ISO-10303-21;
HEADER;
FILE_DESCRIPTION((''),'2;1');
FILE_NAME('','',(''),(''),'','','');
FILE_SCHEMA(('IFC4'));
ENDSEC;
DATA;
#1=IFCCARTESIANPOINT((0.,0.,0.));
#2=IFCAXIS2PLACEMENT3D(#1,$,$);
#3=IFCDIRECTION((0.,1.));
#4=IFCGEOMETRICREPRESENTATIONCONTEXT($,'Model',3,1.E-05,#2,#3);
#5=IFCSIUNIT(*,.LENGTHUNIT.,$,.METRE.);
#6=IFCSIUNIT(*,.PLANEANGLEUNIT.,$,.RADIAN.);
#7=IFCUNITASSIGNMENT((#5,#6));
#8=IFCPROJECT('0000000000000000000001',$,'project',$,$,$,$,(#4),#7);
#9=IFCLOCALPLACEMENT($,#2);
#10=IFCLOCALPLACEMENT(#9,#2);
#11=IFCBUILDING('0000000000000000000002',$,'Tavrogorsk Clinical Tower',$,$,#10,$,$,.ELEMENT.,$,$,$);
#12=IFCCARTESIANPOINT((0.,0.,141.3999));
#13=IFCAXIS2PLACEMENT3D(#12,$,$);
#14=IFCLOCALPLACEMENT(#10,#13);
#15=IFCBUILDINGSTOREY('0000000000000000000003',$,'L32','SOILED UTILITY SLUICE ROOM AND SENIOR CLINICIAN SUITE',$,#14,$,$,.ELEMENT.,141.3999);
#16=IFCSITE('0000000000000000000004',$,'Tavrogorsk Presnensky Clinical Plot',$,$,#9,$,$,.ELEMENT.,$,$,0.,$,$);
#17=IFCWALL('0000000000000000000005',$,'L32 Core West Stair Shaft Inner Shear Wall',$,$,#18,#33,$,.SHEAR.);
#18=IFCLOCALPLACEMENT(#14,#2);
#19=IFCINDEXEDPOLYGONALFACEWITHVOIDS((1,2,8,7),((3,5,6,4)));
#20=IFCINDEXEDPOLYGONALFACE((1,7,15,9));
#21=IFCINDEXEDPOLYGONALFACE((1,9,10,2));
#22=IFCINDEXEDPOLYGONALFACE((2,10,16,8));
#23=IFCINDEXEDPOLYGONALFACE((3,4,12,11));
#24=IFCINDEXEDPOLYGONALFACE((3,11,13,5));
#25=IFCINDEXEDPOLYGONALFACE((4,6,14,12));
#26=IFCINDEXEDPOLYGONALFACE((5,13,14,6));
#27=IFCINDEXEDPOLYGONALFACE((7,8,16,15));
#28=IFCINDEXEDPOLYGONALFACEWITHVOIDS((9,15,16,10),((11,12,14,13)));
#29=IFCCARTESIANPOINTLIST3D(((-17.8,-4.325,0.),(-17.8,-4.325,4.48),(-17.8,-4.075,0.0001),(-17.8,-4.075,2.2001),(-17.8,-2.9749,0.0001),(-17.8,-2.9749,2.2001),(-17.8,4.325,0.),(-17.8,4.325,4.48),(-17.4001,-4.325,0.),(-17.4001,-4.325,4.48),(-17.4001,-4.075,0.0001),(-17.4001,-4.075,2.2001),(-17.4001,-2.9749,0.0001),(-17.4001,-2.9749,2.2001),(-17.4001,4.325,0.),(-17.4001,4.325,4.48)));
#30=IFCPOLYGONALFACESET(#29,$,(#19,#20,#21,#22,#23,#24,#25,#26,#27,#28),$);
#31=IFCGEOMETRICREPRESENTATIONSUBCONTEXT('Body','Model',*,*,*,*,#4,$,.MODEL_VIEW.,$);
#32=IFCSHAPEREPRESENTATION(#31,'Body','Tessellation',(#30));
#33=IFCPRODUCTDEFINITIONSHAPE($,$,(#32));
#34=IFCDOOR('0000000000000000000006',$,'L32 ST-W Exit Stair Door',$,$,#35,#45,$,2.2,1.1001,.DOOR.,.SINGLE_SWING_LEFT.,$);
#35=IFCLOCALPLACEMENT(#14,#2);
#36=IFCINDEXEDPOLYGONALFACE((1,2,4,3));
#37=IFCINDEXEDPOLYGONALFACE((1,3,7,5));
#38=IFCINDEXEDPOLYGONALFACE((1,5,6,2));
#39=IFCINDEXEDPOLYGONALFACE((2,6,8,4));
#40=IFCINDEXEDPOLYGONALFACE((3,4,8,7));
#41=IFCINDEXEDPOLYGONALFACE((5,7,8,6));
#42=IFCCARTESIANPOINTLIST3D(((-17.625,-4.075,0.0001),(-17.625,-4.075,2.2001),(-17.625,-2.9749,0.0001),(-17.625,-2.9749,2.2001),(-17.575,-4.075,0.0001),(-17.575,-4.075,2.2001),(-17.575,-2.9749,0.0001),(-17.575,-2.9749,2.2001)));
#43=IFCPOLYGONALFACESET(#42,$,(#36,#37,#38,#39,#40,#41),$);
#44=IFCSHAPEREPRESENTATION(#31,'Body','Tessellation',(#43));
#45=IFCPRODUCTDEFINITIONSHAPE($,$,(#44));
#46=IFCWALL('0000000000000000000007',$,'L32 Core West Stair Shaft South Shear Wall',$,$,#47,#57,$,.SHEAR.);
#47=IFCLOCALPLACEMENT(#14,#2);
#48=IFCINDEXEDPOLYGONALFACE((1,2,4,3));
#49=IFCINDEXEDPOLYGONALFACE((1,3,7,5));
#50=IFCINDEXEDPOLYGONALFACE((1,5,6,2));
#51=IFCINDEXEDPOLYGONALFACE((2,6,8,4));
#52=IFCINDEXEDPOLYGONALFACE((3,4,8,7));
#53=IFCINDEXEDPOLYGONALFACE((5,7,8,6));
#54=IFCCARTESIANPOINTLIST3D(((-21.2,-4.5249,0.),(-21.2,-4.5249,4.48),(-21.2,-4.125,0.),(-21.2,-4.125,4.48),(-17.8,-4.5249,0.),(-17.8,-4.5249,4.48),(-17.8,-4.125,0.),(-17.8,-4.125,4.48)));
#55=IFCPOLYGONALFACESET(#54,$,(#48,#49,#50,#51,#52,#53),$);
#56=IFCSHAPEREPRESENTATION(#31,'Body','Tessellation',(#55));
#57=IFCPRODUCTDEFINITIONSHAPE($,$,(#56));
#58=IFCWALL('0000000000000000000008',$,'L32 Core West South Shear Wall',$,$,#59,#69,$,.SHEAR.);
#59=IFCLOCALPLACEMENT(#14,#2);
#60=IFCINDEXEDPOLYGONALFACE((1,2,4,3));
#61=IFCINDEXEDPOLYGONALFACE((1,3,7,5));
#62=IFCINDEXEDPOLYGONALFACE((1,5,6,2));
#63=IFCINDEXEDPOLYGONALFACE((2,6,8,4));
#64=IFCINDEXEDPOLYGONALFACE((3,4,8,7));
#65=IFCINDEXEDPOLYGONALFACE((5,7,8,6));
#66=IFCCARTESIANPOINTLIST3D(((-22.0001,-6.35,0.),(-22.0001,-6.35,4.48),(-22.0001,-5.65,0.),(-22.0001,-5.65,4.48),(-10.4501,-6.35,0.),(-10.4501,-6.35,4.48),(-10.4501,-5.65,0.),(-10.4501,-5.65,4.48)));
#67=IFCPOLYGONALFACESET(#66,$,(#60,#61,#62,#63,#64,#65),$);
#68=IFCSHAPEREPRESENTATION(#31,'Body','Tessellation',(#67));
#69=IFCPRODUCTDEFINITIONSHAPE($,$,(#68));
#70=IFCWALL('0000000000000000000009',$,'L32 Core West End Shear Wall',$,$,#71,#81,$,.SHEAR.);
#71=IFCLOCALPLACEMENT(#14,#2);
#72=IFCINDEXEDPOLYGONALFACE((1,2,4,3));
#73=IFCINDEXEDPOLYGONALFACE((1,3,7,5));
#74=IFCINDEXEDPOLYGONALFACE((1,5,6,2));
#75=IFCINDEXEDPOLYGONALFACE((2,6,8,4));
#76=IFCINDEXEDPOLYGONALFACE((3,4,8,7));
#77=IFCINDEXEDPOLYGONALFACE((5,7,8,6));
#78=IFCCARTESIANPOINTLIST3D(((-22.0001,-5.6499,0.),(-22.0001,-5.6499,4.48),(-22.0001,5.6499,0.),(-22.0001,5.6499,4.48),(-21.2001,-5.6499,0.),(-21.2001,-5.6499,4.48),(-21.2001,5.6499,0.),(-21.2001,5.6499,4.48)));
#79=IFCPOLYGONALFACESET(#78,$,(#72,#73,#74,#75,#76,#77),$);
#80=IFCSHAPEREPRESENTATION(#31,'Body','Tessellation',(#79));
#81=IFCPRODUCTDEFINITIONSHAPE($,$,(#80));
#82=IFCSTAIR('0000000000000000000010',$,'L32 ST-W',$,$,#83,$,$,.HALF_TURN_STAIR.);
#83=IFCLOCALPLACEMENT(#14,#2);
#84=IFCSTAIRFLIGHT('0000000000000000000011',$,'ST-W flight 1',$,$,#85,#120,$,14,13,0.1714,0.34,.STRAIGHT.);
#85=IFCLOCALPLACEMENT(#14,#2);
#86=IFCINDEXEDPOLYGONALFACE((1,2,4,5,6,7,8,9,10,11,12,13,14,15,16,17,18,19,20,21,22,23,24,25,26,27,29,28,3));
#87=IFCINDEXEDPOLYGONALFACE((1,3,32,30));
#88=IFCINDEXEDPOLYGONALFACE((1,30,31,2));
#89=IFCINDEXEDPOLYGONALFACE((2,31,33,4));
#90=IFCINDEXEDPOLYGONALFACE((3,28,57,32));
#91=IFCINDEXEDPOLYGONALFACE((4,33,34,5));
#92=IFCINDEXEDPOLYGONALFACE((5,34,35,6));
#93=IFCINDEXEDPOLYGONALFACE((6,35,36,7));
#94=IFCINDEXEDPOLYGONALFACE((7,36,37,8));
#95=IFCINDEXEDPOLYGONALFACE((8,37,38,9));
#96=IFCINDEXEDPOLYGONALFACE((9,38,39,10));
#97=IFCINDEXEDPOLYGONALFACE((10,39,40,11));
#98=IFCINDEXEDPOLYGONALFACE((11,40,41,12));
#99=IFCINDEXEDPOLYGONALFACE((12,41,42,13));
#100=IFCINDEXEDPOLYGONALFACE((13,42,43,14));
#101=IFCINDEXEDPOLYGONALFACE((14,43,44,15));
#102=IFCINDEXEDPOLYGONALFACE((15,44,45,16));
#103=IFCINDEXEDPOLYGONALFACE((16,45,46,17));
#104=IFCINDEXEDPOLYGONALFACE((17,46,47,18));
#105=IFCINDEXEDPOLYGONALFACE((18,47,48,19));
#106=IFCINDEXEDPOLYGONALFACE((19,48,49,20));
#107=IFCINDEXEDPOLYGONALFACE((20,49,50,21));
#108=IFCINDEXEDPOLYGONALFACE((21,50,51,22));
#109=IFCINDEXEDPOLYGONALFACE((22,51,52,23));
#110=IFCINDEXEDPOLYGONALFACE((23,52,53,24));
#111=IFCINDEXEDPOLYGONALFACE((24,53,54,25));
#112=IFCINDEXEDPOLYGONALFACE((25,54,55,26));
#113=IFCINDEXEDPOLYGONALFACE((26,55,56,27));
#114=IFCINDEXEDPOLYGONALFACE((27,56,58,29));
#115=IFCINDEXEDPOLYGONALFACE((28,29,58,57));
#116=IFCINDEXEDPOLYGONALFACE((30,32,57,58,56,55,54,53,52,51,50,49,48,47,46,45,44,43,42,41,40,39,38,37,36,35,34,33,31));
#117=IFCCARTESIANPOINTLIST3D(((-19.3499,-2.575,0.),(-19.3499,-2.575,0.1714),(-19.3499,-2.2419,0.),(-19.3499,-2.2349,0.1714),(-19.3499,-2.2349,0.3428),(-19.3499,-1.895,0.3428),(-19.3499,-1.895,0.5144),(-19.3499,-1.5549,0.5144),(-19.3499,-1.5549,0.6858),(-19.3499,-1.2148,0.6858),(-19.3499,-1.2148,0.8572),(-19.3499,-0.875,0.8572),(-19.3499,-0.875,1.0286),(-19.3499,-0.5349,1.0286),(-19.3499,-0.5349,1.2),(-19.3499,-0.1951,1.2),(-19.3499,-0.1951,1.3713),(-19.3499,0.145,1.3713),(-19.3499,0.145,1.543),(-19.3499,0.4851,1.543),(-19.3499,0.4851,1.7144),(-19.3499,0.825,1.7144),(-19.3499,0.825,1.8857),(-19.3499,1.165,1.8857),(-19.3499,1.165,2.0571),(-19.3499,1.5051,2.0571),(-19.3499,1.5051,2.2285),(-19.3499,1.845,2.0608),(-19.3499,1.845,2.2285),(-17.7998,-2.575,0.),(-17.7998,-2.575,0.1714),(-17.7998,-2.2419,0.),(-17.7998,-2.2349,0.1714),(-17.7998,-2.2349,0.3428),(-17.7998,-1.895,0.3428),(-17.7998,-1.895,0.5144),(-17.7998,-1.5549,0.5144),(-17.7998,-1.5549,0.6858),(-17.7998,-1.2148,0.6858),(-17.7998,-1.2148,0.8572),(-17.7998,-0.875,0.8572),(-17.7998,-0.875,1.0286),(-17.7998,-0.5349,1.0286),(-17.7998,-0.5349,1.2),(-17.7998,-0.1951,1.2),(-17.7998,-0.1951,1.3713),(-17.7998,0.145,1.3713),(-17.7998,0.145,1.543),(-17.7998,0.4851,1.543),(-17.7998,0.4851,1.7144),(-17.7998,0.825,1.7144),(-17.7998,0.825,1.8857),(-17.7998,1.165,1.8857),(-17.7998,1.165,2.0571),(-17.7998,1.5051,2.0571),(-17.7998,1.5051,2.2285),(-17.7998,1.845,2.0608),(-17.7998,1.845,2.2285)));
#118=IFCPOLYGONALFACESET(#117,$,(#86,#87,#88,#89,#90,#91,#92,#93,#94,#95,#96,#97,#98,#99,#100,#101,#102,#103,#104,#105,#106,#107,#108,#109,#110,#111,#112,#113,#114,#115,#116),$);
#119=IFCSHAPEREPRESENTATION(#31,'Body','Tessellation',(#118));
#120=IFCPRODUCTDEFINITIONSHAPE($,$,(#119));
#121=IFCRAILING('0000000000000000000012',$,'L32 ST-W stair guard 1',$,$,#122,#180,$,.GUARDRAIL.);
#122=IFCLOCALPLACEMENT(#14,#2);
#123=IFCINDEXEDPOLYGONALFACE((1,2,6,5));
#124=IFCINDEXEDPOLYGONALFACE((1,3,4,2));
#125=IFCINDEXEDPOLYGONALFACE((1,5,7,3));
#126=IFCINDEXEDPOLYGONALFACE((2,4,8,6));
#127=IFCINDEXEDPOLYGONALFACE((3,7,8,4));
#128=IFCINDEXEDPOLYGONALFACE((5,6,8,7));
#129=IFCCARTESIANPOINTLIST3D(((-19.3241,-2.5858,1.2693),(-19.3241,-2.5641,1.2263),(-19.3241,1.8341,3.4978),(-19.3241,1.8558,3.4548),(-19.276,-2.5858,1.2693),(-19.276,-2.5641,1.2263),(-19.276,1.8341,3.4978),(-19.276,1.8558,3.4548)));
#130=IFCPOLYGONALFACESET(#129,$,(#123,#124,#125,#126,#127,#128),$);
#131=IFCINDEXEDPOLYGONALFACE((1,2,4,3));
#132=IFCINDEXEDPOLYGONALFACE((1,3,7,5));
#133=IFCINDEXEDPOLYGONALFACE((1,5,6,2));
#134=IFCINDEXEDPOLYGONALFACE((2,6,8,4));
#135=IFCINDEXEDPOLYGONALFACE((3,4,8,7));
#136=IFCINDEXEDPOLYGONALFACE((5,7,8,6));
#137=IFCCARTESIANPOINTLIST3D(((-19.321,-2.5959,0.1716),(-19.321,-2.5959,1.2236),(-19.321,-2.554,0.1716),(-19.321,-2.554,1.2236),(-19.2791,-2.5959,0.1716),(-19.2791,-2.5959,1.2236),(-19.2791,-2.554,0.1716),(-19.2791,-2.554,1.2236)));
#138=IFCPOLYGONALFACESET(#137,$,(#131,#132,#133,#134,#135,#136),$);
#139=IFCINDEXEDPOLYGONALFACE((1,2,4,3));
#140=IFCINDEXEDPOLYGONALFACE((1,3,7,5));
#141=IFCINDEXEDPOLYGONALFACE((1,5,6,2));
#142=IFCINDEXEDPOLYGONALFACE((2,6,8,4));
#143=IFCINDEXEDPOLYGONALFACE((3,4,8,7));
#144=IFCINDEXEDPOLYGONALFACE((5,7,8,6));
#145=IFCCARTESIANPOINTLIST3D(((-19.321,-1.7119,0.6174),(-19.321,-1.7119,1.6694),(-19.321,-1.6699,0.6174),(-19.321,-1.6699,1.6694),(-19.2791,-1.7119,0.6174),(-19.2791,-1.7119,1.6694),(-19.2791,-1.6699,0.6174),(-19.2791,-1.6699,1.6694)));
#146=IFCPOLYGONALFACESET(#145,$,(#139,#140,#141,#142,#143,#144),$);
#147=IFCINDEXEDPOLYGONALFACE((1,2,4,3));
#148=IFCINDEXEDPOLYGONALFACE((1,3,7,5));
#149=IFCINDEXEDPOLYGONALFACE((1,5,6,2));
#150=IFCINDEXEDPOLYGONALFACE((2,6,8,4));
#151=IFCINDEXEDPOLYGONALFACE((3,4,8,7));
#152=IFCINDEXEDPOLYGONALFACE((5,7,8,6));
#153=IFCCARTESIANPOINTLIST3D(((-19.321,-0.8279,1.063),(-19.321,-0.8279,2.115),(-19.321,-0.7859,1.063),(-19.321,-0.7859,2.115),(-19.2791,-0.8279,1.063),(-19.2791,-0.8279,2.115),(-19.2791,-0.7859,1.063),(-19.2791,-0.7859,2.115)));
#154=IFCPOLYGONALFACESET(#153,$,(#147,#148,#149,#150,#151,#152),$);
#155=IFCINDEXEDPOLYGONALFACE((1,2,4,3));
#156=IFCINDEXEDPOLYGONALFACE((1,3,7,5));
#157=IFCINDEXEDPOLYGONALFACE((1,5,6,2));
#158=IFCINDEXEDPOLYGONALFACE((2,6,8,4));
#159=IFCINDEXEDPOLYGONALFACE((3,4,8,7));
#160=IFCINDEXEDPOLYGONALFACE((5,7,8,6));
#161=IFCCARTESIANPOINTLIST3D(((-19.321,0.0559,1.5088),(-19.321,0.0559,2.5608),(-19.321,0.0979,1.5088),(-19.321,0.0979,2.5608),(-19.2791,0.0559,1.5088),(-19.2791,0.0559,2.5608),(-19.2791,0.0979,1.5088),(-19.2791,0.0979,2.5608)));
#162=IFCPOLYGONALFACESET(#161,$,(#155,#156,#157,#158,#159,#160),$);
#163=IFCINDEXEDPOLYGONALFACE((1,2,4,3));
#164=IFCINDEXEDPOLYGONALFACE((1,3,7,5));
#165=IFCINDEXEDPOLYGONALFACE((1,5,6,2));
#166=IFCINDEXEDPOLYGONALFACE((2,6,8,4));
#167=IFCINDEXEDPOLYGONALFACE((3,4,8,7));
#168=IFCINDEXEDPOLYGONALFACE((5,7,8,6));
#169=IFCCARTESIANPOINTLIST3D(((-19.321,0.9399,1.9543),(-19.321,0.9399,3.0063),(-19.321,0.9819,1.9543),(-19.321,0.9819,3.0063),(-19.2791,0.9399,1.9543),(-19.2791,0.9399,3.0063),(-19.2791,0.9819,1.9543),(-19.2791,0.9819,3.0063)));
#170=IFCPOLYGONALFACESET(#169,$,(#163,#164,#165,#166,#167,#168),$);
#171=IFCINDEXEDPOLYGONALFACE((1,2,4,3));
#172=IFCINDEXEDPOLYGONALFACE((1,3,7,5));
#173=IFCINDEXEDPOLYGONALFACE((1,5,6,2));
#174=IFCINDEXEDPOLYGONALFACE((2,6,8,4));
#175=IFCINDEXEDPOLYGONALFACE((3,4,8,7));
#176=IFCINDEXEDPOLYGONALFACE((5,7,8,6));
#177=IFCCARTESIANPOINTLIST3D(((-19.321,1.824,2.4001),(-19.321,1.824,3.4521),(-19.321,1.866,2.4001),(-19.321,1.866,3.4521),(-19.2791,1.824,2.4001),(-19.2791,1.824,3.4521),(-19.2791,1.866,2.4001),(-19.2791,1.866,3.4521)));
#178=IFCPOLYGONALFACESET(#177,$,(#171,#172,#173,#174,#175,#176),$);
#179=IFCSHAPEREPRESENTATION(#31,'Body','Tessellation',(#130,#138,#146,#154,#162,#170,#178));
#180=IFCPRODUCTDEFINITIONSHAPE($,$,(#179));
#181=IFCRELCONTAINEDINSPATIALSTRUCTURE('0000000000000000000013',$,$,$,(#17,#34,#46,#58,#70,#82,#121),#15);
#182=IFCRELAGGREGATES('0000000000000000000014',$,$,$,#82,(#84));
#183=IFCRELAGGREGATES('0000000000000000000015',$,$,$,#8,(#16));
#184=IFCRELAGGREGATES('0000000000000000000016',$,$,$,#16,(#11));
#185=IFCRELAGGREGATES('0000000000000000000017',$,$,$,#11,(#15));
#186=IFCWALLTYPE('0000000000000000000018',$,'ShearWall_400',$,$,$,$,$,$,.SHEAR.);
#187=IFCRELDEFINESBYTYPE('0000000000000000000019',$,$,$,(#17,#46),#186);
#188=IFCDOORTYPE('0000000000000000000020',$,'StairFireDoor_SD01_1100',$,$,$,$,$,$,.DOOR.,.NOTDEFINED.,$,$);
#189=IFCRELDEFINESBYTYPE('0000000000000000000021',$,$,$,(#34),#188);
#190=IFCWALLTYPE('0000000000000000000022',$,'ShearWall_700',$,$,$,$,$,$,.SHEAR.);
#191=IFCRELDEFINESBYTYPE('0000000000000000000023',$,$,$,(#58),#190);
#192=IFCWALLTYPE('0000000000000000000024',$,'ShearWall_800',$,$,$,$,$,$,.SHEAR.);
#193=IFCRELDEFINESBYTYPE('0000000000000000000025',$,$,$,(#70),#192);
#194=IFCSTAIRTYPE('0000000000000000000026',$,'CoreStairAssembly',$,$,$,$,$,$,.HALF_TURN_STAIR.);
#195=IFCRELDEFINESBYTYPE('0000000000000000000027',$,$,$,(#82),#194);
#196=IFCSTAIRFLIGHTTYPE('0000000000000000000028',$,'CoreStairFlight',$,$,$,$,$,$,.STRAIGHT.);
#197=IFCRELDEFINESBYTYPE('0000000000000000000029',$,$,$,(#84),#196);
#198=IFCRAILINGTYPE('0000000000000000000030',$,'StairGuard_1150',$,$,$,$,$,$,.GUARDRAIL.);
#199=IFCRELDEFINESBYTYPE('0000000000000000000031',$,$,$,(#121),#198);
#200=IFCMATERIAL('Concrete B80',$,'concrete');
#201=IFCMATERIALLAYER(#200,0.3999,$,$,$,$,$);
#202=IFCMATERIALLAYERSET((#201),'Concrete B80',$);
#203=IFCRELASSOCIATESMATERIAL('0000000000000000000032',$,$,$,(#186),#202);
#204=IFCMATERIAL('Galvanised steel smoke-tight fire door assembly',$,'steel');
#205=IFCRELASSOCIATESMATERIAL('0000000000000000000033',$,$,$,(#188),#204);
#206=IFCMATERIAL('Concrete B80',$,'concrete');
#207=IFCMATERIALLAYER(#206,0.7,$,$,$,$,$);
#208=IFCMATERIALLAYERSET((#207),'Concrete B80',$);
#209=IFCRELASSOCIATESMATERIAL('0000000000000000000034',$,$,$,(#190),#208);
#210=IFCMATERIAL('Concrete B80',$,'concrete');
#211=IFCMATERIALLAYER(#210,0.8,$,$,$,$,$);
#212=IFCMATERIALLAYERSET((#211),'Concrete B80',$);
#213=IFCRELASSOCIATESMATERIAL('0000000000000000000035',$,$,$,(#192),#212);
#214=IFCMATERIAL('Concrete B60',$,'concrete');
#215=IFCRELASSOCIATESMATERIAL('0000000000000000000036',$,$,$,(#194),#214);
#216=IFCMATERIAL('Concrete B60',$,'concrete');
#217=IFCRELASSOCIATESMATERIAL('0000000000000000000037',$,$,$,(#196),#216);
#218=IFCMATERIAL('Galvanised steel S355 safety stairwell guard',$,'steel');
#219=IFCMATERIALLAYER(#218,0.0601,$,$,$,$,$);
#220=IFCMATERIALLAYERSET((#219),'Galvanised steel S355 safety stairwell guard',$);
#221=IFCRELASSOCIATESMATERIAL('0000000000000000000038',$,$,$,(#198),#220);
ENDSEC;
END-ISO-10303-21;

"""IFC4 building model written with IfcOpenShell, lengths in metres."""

from ifc_helpers import new_model, si_unit, direction, frame, frame_2d, origin, origin_2d, place, context, subcontext, project, spatial, polyline, rectangle, outline, extrude, material, layer, layer_set, type_object, element, fill, aggregate, save


model = new_model("IFC4")

# Units and contexts
model_context = context("Model", 3, precision=1e-05, world=origin(), true_north=direction((0.0, 1.0)))
body_context = subcontext(model_context, "Body", "Model", "MODEL_VIEW")
ifc_project = project(units=[si_unit("LENGTHUNIT", "METRE"), si_unit("PLANEANGLEUNIT", "RADIAN")], contexts=[model_context])

# Site, building, storey
site_placement = place(None, origin())
site = spatial("IfcSite", under=ifc_project, at=site_placement, Name="Tavrogorsk Presnensky Clinical Plot", CompositionType="ELEMENT", RefElevation=0.0)
building_placement = place(site_placement, origin())
building = spatial("IfcBuilding", under=site, at=building_placement, Name="Tavrogorsk Clinical Tower", CompositionType="ELEMENT")
storey_placement = place(building_placement, frame((0.0, 0.0, 141.3999)))
storey = spatial("IfcBuildingStorey", under=building, at=storey_placement, Name="L32", Description="SOILED UTILITY SLUICE ROOM AND SENIOR CLINICIAN SUITE", CompositionType="ELEMENT", Elevation=141.3999)

# Wall, opening, door
ifc_material_1 = material(Name="Concrete B80", Category="concrete")
ifc_layer_1 = layer(ifc_material_1, 0.3999)
ifc_layer_set_1 = layer_set([ifc_layer_1], Name="Concrete B80")
wall_type_1 = type_object("IfcWallType", Name="ShearWall_400", PredefinedType="SHEAR", material=ifc_layer_set_1)
wall_1_placement = place(storey_placement, frame((-17.6001, -4.325, 0.0), z_axis=(0.0, 0.0, 1.0), x_axis=(0.0, 1.0, 0.0)))
wall_1 = element("IfcWall", 1, at=wall_1_placement, inside=storey, type_object=wall_type_1, Name="L32 Core West Stair Shaft Inner Shear Wall", PredefinedType="SHEAR", context=body_context, shape_type="SweptSolid", body=[
    extrude(rectangle(XDim=8.6499, YDim=0.3999, at=frame_2d((4.325, 0.0))), origin(), (0.0, 0.0, 1.0), 4.48),
])
opening_1_placement = place(wall_1_placement, frame((0.25, 0.0, 0.0)))
opening_1 = element("IfcOpeningElement", 2, at=opening_1_placement, cuts=wall_1, PredefinedType="OPENING", context=body_context, shape_type="SweptSolid", body=[
    extrude(rectangle(XDim=1.1001, YDim=2.2, at=frame_2d((0.55, 1.1001))), frame((0.0, 0.21, 0.0), z_axis=(0.0, -1.0, 0.0), x_axis=(1.0, 0.0, 0.0)), (0.0, 0.0, 1.0), 0.4199),
])
ifc_material_2 = material(Name="Galvanised steel smoke-tight fire door assembly", Category="steel")
door_type_1 = type_object("IfcDoorType", Name="StairFireDoor_SD01_1100", OperationType="NOTDEFINED", PredefinedType="DOOR", material=ifc_material_2)
door_1_placement = place(opening_1_placement, origin())
door_1 = element("IfcDoor", 3, at=door_1_placement, inside=storey, type_object=door_type_1, Name="L32 ST-W Exit Stair Door", OperationType="SINGLE_SWING_LEFT", OverallHeight=2.2, OverallWidth=1.1001, PredefinedType="DOOR", context=body_context, shape_type="SweptSolid", body=[
    extrude(rectangle(XDim=1.1001, YDim=2.2, at=frame_2d((0.55, 1.1001))), frame((0.0, 0.0249, 0.0), z_axis=(0.0, -1.0, 0.0), x_axis=(1.0, 0.0, 0.0)), (0.0, 0.0, 1.0), 0.05),
])
fill(opening_1, door_1)

# Walls
wall_2_placement = place(storey_placement, frame((-21.2, -4.325, 0.0), z_axis=(0.0, 0.0, 1.0), x_axis=(1.0, 0.0, 0.0)))
element("IfcWall", 4, at=wall_2_placement, inside=storey, type_object=wall_type_1, Name="L32 Core West Stair Shaft South Shear Wall", PredefinedType="SHEAR", context=body_context, shape_type="SweptSolid", body=[
    extrude(rectangle(XDim=3.3999, YDim=0.3999, at=frame_2d((1.7, 0.0))), origin(), (0.0, 0.0, 1.0), 4.48),
])
ifc_material_3 = material(Name="Concrete B80", Category="concrete")
ifc_layer_2 = layer(ifc_material_3, 0.7)
ifc_layer_set_2 = layer_set([ifc_layer_2], Name="Concrete B80")
wall_type_2 = type_object("IfcWallType", Name="ShearWall_700", PredefinedType="SHEAR", material=ifc_layer_set_2)
wall_3_placement = place(storey_placement, frame((-22.0, -6.0, 0.0), z_axis=(0.0, 0.0, 1.0), x_axis=(1.0, 0.0, 0.0)))
element("IfcWall", 5, at=wall_3_placement, inside=storey, type_object=wall_type_2, Name="L32 Core West South Shear Wall", PredefinedType="SHEAR", context=body_context, shape_type="SweptSolid", body=[
    extrude(rectangle(XDim=11.55, YDim=0.7, at=frame_2d((5.7749, 0.0))), origin(), (0.0, 0.0, 1.0), 4.48),
])
ifc_material_4 = material(Name="Concrete B80", Category="concrete")
ifc_layer_3 = layer(ifc_material_4, 0.8)
ifc_layer_set_3 = layer_set([ifc_layer_3], Name="Concrete B80")
wall_type_3 = type_object("IfcWallType", Name="ShearWall_800", PredefinedType="SHEAR", material=ifc_layer_set_3)
wall_4_placement = place(storey_placement, frame((-21.6001, -5.6499, 0.0), z_axis=(0.0, 0.0, 1.0), x_axis=(0.0, 1.0, 0.0)))
element("IfcWall", 6, at=wall_4_placement, inside=storey, type_object=wall_type_3, Name="L32 Core West End Shear Wall", PredefinedType="SHEAR", context=body_context, shape_type="SweptSolid", body=[
    extrude(rectangle(XDim=11.2998, YDim=0.8, at=frame_2d((5.6499, 0.0))), origin(), (0.0, 0.0, 1.0), 4.48),
])

# Stair, stair flight
ifc_material_5 = material(Name="Concrete B60", Category="concrete")
stair_type = type_object("IfcStairType", Name="CoreStairAssembly", PredefinedType="HALF_TURN_STAIR", material=ifc_material_5)
stair_placement = place(storey_placement, origin())
stair = element("IfcStair", 7, at=stair_placement, inside=storey, type_object=stair_type, Name="L32 ST-W", PredefinedType="HALF_TURN_STAIR")
ifc_material_6 = material(Name="Concrete B60", Category="concrete")
stair_flight_type = type_object("IfcStairFlightType", Name="CoreStairFlight", PredefinedType="STRAIGHT", material=ifc_material_6)
stair_flight_placement = place(storey_placement, frame((-18.575, -2.575, 0.0), z_axis=(0.0, 0.0, 1.0), x_axis=(0.0, 1.0, 0.0)))
stair_flight = element("IfcStairFlight", 8, at=stair_flight_placement, type_object=stair_flight_type, Name="ST-W flight 1", NumberOfRisers=14, NumberOfTreads=13, PredefinedType="STRAIGHT", RiserHeight=0.1714, TreadLength=0.34, context=body_context, shape_type="SweptSolid", body=[
    extrude(outline(polyline([(0.0, 0.0), (0.0, 0.1714), (0.3401, 0.1714), (0.3401, 0.3428), (0.6799, 0.3428), (0.6799, 0.5144), (1.02, 0.5144), (1.02, 0.6858), (1.3601, 0.6858), (1.3601, 0.8572), (1.7, 0.8572), (1.7, 1.0286), (2.04, 1.0286), (2.04, 1.2), (2.3799, 1.2), (2.3799, 1.3713), (2.72, 1.3713), (2.72, 1.543), (3.0601, 1.543), (3.0601, 1.7144), (3.3999, 1.7144), (3.3999, 1.8857), (3.74, 1.8857), (3.74, 2.0571), (4.0801, 2.0571), (4.0801, 2.2285), (4.4199, 2.2285), (4.4199, 2.3999), (4.4199, 2.0608), (0.333, 0.0), (0.0, 0.0)])), frame((0.0, 0.7749, 0.0), z_axis=(0.0, -1.0, 0.0), x_axis=(1.0, 0.0, 0.0)), (0.0, 0.0, 1.0), 1.55),
])
aggregate(stair, [stair_flight])

# Railing
ifc_material_7 = material(Name="Galvanised steel S355 safety stairwell guard", Category="steel")
ifc_layer_4 = layer(ifc_material_7, 0.0601)
ifc_layer_set_4 = layer_set([ifc_layer_4], Name="Galvanised steel S355 safety stairwell guard")
railing_type_1 = type_object("IfcRailingType", Name="StairGuard_1150", PredefinedType="GUARDRAIL", material=ifc_layer_set_4)
railing_1_placement = place(storey_placement, frame((-19.3, -2.575, 0.1716)))
element("IfcRailing", 9, at=railing_1_placement, inside=storey, type_object=railing_type_1, Name="L32 ST-W stair guard 1", PredefinedType="GUARDRAIL", context=body_context, shape_type="SweptSolid", body=[
    extrude(rectangle(XDim=0.0481, YDim=0.0481, at=origin_2d()), frame((0.0, 0.0, 1.0762), z_axis=(0.0, 0.892923, 0.45021), x_axis=(-1.0, 0.0, 0.0)), (0.0, 0.0, 1.0), 4.95),
    extrude(rectangle(XDim=0.042, YDim=0.042, at=origin_2d()), origin(), (0.0, 0.0, 1.0), 1.052),
    extrude(rectangle(XDim=0.042, YDim=0.042, at=origin_2d()), frame((0.0, 0.884, 0.4458)), (0.0, 0.0, 1.0), 1.052),
    extrude(rectangle(XDim=0.042, YDim=0.042, at=origin_2d()), frame((0.0, 1.7681, 0.8914)), (0.0, 0.0, 1.0), 1.052),
    extrude(rectangle(XDim=0.042, YDim=0.042, at=origin_2d()), frame((0.0, 2.6519, 1.3372)), (0.0, 0.0, 1.0), 1.052),
    extrude(rectangle(XDim=0.042, YDim=0.042, at=origin_2d()), frame((0.0, 3.5359, 1.7827)), (0.0, 0.0, 1.0), 1.052),
    extrude(rectangle(XDim=0.042, YDim=0.042, at=origin_2d()), frame((0.0, 4.4199, 2.2285)), (0.0, 0.0, 1.0), 1.052),
])

save(model, "model.ifc")
